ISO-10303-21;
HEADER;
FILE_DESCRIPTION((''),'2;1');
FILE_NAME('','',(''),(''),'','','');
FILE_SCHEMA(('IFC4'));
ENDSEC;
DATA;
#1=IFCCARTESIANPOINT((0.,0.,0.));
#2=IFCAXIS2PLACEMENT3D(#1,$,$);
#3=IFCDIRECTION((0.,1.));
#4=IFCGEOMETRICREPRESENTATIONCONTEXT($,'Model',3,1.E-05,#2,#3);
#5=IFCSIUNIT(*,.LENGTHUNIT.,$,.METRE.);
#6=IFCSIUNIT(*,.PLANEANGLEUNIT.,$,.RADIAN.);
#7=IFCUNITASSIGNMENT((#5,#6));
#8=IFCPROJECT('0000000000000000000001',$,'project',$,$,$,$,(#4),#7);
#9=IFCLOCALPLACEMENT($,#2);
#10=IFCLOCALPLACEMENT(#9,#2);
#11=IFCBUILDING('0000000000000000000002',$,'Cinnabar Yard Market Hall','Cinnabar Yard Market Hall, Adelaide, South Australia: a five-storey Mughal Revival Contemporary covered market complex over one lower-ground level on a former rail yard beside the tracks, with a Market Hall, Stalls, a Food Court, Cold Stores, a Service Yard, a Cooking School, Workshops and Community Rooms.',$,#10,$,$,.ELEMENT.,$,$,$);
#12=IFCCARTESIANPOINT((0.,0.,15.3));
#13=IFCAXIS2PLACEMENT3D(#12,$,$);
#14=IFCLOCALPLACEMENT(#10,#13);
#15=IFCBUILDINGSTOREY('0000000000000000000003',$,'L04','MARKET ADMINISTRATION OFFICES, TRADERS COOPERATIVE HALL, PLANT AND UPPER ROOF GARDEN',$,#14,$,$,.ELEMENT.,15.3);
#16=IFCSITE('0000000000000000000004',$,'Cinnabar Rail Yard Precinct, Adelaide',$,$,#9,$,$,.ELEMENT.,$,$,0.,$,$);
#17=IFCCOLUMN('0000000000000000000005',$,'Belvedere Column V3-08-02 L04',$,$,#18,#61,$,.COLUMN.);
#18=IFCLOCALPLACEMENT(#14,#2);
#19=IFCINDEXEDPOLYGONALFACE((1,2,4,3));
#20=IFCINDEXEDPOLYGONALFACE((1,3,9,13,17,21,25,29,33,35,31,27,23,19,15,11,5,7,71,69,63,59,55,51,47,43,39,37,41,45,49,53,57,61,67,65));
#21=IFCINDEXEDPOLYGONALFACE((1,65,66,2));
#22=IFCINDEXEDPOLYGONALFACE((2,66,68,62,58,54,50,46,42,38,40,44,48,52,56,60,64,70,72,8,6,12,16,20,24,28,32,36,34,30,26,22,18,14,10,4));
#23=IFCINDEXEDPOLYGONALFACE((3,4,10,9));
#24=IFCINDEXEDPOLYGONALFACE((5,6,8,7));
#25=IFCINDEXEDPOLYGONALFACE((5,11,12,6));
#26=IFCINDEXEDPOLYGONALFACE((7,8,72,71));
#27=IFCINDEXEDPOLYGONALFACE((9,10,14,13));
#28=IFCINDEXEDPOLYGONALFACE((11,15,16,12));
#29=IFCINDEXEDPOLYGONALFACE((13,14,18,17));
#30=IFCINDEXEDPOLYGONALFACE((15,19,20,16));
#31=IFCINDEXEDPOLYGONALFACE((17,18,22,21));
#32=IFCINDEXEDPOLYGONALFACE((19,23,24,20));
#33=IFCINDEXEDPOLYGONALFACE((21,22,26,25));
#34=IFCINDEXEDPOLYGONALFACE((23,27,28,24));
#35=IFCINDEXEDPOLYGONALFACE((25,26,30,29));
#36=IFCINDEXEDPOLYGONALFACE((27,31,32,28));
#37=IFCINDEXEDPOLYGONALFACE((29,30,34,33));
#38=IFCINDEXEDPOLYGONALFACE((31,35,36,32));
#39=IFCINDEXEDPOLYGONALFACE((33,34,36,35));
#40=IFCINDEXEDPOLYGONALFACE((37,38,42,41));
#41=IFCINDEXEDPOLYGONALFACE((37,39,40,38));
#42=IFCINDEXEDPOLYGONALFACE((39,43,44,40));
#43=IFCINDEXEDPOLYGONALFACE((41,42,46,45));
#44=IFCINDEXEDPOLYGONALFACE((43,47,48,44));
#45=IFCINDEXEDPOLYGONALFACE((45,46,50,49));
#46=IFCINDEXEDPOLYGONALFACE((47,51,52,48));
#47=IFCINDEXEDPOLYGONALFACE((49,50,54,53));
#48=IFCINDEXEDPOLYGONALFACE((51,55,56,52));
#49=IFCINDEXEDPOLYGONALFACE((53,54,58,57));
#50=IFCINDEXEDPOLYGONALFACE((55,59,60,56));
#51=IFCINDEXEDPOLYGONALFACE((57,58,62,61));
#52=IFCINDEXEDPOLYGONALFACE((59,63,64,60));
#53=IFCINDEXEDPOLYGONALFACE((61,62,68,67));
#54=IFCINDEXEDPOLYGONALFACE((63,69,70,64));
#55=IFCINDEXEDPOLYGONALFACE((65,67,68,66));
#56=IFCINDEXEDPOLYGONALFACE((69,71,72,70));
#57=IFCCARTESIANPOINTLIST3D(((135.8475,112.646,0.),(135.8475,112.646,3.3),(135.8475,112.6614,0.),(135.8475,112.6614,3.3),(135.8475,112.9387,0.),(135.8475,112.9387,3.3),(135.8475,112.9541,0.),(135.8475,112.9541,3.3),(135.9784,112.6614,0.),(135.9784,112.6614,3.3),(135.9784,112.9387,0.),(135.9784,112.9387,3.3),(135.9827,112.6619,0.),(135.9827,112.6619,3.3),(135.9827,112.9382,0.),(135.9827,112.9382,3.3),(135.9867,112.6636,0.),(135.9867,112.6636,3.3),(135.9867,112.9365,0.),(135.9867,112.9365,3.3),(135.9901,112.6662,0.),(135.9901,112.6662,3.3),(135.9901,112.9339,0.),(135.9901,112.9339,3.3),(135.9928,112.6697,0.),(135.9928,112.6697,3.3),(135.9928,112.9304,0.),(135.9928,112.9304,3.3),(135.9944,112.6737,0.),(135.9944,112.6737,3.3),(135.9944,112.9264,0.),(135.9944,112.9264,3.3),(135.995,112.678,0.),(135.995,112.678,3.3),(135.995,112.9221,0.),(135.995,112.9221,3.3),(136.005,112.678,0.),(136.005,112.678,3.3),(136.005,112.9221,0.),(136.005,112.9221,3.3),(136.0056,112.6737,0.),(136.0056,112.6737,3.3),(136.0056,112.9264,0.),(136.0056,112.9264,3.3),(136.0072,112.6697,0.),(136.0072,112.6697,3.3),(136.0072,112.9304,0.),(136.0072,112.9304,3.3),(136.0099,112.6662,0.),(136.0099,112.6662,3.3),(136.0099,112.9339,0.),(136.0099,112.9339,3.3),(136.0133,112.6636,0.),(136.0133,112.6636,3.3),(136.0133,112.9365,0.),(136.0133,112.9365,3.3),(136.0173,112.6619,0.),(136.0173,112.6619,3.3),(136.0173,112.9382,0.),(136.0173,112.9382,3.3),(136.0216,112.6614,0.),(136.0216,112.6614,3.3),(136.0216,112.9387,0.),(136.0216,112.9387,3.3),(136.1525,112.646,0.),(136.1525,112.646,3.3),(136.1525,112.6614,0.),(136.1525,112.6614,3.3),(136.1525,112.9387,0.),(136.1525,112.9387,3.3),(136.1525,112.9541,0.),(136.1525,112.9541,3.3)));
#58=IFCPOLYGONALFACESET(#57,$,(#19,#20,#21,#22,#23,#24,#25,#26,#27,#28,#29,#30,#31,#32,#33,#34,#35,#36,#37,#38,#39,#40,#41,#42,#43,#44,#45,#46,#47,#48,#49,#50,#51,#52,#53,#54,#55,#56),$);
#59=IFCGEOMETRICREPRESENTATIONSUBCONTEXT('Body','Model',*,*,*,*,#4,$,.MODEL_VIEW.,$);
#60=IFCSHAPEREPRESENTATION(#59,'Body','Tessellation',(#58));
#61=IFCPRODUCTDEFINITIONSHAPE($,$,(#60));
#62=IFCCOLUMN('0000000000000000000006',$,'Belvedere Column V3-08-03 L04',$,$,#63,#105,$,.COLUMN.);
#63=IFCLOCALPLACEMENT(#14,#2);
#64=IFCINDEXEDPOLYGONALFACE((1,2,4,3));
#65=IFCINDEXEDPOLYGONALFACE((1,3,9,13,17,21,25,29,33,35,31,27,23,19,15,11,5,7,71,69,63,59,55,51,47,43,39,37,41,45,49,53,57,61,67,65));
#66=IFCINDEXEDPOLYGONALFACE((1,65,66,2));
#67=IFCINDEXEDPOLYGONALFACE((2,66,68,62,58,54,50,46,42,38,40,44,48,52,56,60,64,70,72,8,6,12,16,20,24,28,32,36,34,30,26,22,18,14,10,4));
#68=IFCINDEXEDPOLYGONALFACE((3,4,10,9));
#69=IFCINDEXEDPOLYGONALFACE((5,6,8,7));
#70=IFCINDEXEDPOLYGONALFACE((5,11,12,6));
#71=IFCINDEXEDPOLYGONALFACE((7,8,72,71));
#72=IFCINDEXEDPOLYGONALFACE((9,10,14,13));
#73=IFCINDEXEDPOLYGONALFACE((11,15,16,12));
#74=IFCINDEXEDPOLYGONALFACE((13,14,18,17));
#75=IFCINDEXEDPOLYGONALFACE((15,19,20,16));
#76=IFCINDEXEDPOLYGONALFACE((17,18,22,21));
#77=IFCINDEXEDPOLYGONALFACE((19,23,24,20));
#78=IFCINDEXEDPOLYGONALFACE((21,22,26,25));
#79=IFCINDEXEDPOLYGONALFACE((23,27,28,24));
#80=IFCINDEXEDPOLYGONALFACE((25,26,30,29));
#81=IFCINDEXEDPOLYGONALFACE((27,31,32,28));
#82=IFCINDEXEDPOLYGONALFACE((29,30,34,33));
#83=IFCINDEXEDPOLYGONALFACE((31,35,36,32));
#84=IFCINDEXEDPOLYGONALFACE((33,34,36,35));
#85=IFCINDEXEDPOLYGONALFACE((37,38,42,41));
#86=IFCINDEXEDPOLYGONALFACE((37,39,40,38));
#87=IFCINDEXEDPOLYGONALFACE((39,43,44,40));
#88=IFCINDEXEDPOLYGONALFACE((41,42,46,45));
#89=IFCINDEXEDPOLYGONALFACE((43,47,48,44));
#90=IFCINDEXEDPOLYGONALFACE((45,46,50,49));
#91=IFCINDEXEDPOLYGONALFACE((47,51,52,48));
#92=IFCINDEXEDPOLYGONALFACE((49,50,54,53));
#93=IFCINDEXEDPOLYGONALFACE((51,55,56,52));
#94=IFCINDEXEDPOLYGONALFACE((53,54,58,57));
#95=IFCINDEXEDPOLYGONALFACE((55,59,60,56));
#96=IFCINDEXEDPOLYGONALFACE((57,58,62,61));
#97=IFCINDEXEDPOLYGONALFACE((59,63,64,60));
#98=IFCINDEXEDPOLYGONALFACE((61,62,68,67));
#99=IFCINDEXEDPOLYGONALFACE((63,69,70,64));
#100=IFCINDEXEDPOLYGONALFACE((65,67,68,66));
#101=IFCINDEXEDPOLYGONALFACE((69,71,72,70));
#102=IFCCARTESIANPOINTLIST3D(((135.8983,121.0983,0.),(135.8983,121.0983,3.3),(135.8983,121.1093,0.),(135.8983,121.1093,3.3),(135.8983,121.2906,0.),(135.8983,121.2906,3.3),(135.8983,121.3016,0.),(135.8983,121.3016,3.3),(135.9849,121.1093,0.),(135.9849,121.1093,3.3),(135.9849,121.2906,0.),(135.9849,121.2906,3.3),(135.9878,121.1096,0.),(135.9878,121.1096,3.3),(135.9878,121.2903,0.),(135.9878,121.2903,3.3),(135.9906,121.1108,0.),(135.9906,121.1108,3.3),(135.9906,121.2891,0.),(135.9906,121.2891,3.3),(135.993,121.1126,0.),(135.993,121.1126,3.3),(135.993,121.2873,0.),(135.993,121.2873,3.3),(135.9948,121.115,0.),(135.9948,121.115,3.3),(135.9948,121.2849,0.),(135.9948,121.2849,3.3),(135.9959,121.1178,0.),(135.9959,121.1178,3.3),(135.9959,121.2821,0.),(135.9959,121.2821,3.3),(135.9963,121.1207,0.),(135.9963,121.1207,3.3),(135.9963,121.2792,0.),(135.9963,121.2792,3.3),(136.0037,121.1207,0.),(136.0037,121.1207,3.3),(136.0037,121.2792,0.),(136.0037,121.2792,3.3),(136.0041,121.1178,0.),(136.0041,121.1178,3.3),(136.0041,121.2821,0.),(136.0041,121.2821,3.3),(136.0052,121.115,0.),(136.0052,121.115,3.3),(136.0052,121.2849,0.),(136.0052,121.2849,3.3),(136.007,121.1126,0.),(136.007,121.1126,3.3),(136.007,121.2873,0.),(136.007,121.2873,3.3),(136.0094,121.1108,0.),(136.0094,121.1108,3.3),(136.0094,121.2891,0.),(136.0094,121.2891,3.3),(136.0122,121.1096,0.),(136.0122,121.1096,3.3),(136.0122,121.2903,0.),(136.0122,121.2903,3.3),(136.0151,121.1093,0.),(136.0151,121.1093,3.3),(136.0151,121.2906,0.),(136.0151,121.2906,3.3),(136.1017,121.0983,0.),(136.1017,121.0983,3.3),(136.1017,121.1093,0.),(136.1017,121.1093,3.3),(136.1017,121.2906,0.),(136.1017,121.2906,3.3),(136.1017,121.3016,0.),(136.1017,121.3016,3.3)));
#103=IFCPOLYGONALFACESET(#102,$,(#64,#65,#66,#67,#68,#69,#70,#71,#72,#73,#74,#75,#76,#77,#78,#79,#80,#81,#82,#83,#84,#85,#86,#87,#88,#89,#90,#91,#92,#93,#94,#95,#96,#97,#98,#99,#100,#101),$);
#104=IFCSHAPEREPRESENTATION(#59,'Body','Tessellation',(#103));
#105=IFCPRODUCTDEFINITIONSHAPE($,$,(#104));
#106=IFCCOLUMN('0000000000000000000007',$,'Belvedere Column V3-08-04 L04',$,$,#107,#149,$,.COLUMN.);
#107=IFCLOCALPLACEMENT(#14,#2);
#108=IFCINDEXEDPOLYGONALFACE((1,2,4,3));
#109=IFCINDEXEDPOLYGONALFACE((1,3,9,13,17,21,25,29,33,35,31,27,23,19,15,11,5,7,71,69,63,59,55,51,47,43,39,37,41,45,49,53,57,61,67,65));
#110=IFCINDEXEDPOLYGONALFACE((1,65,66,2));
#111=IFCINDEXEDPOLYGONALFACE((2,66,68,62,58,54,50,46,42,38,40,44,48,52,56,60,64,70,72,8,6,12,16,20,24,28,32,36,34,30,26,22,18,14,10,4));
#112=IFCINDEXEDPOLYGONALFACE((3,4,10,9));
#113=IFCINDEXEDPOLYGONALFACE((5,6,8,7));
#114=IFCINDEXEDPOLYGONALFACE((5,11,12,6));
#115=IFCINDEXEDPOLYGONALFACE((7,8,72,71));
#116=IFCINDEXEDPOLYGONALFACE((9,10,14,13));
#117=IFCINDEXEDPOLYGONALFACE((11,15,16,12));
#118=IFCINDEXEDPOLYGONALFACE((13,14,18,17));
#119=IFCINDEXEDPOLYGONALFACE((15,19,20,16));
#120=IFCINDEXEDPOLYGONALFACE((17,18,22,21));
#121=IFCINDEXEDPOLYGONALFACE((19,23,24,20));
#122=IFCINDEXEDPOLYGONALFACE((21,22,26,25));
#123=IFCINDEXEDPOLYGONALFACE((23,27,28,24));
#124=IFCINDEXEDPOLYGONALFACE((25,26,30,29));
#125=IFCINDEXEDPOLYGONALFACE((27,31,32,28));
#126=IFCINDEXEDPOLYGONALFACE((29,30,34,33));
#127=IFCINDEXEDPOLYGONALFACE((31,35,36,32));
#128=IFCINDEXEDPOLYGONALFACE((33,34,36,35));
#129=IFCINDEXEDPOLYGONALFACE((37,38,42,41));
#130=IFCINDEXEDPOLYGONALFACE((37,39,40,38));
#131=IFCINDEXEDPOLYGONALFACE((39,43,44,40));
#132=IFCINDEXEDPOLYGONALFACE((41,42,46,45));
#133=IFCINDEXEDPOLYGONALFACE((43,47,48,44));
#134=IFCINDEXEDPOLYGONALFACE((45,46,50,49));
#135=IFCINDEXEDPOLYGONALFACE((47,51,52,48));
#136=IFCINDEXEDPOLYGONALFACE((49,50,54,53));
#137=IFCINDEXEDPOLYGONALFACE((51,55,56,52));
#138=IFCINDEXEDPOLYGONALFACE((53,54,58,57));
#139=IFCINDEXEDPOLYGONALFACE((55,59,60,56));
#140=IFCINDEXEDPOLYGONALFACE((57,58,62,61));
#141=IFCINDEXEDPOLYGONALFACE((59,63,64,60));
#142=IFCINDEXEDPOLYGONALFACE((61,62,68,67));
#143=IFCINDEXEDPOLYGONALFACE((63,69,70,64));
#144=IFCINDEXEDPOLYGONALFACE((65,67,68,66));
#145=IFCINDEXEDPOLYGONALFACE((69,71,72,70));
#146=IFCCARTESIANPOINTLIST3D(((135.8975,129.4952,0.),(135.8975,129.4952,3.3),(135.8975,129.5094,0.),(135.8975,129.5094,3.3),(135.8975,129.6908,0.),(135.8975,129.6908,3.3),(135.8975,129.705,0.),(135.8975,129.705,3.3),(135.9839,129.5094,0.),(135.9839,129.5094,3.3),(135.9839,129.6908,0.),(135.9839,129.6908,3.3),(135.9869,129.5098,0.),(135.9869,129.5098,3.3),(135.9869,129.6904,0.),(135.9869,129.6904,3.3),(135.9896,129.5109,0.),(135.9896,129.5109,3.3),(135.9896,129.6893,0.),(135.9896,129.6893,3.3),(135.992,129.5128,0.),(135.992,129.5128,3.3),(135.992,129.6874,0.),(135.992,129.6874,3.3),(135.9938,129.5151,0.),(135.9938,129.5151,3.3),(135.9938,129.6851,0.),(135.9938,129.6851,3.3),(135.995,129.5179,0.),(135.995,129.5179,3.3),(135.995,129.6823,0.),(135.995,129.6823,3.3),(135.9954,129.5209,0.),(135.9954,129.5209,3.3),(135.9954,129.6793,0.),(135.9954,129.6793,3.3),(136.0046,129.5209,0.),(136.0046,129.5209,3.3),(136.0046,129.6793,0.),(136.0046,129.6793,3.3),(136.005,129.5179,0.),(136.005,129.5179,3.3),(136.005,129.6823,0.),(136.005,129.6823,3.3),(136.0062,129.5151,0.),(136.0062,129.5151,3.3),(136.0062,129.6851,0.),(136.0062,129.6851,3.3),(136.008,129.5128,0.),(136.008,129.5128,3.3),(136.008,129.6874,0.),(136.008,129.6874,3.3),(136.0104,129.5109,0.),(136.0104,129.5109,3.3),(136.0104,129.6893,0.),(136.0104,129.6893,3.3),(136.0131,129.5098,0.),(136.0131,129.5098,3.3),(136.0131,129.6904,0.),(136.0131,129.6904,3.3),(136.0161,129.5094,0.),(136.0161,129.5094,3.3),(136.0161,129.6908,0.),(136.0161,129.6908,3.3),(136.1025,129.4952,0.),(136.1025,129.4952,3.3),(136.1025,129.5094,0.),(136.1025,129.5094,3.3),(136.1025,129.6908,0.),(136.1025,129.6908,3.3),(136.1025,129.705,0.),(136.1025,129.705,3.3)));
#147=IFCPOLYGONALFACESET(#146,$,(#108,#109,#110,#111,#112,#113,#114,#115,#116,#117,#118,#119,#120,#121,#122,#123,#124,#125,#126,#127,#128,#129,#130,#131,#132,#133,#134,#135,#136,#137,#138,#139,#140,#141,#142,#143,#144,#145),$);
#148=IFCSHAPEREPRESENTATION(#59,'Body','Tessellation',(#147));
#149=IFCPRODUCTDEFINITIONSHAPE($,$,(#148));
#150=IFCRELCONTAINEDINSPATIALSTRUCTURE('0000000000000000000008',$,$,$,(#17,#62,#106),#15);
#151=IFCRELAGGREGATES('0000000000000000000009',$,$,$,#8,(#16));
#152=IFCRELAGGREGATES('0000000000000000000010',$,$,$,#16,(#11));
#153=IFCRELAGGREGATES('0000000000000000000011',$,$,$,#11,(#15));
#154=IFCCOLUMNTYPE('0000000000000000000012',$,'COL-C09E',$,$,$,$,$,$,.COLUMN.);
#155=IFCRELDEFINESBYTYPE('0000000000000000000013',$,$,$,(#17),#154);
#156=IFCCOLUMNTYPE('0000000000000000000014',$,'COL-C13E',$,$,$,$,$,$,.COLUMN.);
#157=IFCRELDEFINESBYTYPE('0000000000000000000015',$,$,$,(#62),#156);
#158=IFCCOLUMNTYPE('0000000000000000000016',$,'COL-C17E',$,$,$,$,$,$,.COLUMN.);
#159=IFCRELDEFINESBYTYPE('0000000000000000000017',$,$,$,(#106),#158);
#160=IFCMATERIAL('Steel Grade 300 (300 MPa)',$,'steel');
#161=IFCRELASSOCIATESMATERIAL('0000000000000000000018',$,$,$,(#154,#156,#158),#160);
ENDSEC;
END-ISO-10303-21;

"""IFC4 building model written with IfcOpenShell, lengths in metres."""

from ifc_helpers import new_model, si_unit, direction, frame, origin, origin_2d_with_axis, place, context, subcontext, project, spatial, i_section, extrude, material, material_profile, profile_set, type_object, element, save


model = new_model("IFC4")

# Units and contexts
model_context = context("Model", 3, precision=1e-05, world=origin(), true_north=direction((0.0, 1.0)))
body_context = subcontext(model_context, "Body", "Model", "MODEL_VIEW")
ifc_project = project(units=[si_unit("LENGTHUNIT", "METRE"), si_unit("PLANEANGLEUNIT", "RADIAN")], contexts=[model_context])

# Site, building, storey
site_placement = place(None, origin())
site = spatial("IfcSite", under=ifc_project, at=site_placement, Name="Cinnabar Rail Yard Precinct, Adelaide", CompositionType="ELEMENT", RefElevation=0.0)
building_placement = place(site_placement, origin())
building = spatial("IfcBuilding", under=site, at=building_placement, Name="Cinnabar Yard Market Hall", Description="Cinnabar Yard Market Hall, Adelaide, South Australia: a five-storey Mughal Revival Contemporary covered market complex over one lower-ground level on a former rail yard beside the tracks, with a Market Hall, Stalls, a Food Court, Cold Stores, a Service Yard, a Cooking School, Workshops and Community Rooms.", CompositionType="ELEMENT")
storey_placement = place(building_placement, frame((0.0, 0.0, 15.3)))
storey = spatial("IfcBuildingStorey", under=building, at=storey_placement, Name="L04", Description="MARKET ADMINISTRATION OFFICES, TRADERS COOPERATIVE HALL, PLANT AND UPPER ROOF GARDEN", CompositionType="ELEMENT", Elevation=15.3)

# Columns
ifc_material_1 = material(Name="Steel Grade 300 (300 MPa)", Category="steel")
ifc_material_profile_1 = material_profile(ifc_material_1, i_section(OverallWidth=0.3049, OverallDepth=0.3081, WebThickness=0.01, FlangeThickness=0.0154, FilletRadius=0.0166, at=origin_2d_with_axis()), Name="310UC96.8")
ifc_profile_set_1 = profile_set([ifc_material_profile_1], Name="Steel Grade 300 (300 MPa)")
column_type_1 = type_object("IfcColumnType", Name="COL-C09E", PredefinedType="COLUMN", material=ifc_profile_set_1)
column_1_placement = place(storey_placement, frame((136.0, 112.8, 0.0), z_axis=(0.0, 0.0, 1.0), x_axis=(1.0, 0.0, 0.0)))
element("IfcColumn", 1, at=column_1_placement, inside=storey, type_object=column_type_1, Name="Belvedere Column V3-08-02 L04", PredefinedType="COLUMN", context=body_context, shape_type="SweptSolid", body=[
    extrude(i_section(OverallWidth=0.3049, OverallDepth=0.3081, WebThickness=0.01, FlangeThickness=0.0154, FilletRadius=0.0166, at=origin_2d_with_axis()), origin(), (0.0, 0.0, 1.0), 3.3),
])
ifc_material_profile_2 = material_profile(ifc_material_1, i_section(OverallWidth=0.2034, OverallDepth=0.2034, WebThickness=0.0073, FlangeThickness=0.011, FilletRadius=0.0115, at=origin_2d_with_axis()), Name="200UC46.2")
ifc_profile_set_2 = profile_set([ifc_material_profile_2], Name="Steel Grade 300 (300 MPa)")
column_type_2 = type_object("IfcColumnType", Name="COL-C13E", PredefinedType="COLUMN", material=ifc_profile_set_2)
column_2_placement = place(storey_placement, frame((136.0, 121.2, 0.0), z_axis=(0.0, 0.0, 1.0), x_axis=(1.0, 0.0, 0.0)))
element("IfcColumn", 2, at=column_2_placement, inside=storey, type_object=column_type_2, Name="Belvedere Column V3-08-03 L04", PredefinedType="COLUMN", context=body_context, shape_type="SweptSolid", body=[
    extrude(i_section(OverallWidth=0.2034, OverallDepth=0.2034, WebThickness=0.0073, FlangeThickness=0.011, FilletRadius=0.0115, at=origin_2d_with_axis()), origin(), (0.0, 0.0, 1.0), 3.3),
])
ifc_material_profile_3 = material_profile(ifc_material_1, i_section(OverallWidth=0.2051, OverallDepth=0.2097, WebThickness=0.0093, FlangeThickness=0.0142, FilletRadius=0.0115, at=origin_2d_with_axis()), Name="200UC59.5")
ifc_profile_set_3 = profile_set([ifc_material_profile_3], Name="Steel Grade 300 (300 MPa)")
column_type_3 = type_object("IfcColumnType", Name="COL-C17E", PredefinedType="COLUMN", material=ifc_profile_set_3)
column_3_placement = place(storey_placement, frame((136.0, 129.6001, 0.0), z_axis=(0.0, 0.0, 1.0), x_axis=(1.0, 0.0, 0.0)))
element("IfcColumn", 3, at=column_3_placement, inside=storey, type_object=column_type_3, Name="Belvedere Column V3-08-04 L04", PredefinedType="COLUMN", context=body_context, shape_type="SweptSolid", body=[
    extrude(i_section(OverallWidth=0.2051, OverallDepth=0.2097, WebThickness=0.0093, FlangeThickness=0.0142, FilletRadius=0.0115, at=origin_2d_with_axis()), origin(), (0.0, 0.0, 1.0), 3.3),
])

save(model, "model.ifc")
